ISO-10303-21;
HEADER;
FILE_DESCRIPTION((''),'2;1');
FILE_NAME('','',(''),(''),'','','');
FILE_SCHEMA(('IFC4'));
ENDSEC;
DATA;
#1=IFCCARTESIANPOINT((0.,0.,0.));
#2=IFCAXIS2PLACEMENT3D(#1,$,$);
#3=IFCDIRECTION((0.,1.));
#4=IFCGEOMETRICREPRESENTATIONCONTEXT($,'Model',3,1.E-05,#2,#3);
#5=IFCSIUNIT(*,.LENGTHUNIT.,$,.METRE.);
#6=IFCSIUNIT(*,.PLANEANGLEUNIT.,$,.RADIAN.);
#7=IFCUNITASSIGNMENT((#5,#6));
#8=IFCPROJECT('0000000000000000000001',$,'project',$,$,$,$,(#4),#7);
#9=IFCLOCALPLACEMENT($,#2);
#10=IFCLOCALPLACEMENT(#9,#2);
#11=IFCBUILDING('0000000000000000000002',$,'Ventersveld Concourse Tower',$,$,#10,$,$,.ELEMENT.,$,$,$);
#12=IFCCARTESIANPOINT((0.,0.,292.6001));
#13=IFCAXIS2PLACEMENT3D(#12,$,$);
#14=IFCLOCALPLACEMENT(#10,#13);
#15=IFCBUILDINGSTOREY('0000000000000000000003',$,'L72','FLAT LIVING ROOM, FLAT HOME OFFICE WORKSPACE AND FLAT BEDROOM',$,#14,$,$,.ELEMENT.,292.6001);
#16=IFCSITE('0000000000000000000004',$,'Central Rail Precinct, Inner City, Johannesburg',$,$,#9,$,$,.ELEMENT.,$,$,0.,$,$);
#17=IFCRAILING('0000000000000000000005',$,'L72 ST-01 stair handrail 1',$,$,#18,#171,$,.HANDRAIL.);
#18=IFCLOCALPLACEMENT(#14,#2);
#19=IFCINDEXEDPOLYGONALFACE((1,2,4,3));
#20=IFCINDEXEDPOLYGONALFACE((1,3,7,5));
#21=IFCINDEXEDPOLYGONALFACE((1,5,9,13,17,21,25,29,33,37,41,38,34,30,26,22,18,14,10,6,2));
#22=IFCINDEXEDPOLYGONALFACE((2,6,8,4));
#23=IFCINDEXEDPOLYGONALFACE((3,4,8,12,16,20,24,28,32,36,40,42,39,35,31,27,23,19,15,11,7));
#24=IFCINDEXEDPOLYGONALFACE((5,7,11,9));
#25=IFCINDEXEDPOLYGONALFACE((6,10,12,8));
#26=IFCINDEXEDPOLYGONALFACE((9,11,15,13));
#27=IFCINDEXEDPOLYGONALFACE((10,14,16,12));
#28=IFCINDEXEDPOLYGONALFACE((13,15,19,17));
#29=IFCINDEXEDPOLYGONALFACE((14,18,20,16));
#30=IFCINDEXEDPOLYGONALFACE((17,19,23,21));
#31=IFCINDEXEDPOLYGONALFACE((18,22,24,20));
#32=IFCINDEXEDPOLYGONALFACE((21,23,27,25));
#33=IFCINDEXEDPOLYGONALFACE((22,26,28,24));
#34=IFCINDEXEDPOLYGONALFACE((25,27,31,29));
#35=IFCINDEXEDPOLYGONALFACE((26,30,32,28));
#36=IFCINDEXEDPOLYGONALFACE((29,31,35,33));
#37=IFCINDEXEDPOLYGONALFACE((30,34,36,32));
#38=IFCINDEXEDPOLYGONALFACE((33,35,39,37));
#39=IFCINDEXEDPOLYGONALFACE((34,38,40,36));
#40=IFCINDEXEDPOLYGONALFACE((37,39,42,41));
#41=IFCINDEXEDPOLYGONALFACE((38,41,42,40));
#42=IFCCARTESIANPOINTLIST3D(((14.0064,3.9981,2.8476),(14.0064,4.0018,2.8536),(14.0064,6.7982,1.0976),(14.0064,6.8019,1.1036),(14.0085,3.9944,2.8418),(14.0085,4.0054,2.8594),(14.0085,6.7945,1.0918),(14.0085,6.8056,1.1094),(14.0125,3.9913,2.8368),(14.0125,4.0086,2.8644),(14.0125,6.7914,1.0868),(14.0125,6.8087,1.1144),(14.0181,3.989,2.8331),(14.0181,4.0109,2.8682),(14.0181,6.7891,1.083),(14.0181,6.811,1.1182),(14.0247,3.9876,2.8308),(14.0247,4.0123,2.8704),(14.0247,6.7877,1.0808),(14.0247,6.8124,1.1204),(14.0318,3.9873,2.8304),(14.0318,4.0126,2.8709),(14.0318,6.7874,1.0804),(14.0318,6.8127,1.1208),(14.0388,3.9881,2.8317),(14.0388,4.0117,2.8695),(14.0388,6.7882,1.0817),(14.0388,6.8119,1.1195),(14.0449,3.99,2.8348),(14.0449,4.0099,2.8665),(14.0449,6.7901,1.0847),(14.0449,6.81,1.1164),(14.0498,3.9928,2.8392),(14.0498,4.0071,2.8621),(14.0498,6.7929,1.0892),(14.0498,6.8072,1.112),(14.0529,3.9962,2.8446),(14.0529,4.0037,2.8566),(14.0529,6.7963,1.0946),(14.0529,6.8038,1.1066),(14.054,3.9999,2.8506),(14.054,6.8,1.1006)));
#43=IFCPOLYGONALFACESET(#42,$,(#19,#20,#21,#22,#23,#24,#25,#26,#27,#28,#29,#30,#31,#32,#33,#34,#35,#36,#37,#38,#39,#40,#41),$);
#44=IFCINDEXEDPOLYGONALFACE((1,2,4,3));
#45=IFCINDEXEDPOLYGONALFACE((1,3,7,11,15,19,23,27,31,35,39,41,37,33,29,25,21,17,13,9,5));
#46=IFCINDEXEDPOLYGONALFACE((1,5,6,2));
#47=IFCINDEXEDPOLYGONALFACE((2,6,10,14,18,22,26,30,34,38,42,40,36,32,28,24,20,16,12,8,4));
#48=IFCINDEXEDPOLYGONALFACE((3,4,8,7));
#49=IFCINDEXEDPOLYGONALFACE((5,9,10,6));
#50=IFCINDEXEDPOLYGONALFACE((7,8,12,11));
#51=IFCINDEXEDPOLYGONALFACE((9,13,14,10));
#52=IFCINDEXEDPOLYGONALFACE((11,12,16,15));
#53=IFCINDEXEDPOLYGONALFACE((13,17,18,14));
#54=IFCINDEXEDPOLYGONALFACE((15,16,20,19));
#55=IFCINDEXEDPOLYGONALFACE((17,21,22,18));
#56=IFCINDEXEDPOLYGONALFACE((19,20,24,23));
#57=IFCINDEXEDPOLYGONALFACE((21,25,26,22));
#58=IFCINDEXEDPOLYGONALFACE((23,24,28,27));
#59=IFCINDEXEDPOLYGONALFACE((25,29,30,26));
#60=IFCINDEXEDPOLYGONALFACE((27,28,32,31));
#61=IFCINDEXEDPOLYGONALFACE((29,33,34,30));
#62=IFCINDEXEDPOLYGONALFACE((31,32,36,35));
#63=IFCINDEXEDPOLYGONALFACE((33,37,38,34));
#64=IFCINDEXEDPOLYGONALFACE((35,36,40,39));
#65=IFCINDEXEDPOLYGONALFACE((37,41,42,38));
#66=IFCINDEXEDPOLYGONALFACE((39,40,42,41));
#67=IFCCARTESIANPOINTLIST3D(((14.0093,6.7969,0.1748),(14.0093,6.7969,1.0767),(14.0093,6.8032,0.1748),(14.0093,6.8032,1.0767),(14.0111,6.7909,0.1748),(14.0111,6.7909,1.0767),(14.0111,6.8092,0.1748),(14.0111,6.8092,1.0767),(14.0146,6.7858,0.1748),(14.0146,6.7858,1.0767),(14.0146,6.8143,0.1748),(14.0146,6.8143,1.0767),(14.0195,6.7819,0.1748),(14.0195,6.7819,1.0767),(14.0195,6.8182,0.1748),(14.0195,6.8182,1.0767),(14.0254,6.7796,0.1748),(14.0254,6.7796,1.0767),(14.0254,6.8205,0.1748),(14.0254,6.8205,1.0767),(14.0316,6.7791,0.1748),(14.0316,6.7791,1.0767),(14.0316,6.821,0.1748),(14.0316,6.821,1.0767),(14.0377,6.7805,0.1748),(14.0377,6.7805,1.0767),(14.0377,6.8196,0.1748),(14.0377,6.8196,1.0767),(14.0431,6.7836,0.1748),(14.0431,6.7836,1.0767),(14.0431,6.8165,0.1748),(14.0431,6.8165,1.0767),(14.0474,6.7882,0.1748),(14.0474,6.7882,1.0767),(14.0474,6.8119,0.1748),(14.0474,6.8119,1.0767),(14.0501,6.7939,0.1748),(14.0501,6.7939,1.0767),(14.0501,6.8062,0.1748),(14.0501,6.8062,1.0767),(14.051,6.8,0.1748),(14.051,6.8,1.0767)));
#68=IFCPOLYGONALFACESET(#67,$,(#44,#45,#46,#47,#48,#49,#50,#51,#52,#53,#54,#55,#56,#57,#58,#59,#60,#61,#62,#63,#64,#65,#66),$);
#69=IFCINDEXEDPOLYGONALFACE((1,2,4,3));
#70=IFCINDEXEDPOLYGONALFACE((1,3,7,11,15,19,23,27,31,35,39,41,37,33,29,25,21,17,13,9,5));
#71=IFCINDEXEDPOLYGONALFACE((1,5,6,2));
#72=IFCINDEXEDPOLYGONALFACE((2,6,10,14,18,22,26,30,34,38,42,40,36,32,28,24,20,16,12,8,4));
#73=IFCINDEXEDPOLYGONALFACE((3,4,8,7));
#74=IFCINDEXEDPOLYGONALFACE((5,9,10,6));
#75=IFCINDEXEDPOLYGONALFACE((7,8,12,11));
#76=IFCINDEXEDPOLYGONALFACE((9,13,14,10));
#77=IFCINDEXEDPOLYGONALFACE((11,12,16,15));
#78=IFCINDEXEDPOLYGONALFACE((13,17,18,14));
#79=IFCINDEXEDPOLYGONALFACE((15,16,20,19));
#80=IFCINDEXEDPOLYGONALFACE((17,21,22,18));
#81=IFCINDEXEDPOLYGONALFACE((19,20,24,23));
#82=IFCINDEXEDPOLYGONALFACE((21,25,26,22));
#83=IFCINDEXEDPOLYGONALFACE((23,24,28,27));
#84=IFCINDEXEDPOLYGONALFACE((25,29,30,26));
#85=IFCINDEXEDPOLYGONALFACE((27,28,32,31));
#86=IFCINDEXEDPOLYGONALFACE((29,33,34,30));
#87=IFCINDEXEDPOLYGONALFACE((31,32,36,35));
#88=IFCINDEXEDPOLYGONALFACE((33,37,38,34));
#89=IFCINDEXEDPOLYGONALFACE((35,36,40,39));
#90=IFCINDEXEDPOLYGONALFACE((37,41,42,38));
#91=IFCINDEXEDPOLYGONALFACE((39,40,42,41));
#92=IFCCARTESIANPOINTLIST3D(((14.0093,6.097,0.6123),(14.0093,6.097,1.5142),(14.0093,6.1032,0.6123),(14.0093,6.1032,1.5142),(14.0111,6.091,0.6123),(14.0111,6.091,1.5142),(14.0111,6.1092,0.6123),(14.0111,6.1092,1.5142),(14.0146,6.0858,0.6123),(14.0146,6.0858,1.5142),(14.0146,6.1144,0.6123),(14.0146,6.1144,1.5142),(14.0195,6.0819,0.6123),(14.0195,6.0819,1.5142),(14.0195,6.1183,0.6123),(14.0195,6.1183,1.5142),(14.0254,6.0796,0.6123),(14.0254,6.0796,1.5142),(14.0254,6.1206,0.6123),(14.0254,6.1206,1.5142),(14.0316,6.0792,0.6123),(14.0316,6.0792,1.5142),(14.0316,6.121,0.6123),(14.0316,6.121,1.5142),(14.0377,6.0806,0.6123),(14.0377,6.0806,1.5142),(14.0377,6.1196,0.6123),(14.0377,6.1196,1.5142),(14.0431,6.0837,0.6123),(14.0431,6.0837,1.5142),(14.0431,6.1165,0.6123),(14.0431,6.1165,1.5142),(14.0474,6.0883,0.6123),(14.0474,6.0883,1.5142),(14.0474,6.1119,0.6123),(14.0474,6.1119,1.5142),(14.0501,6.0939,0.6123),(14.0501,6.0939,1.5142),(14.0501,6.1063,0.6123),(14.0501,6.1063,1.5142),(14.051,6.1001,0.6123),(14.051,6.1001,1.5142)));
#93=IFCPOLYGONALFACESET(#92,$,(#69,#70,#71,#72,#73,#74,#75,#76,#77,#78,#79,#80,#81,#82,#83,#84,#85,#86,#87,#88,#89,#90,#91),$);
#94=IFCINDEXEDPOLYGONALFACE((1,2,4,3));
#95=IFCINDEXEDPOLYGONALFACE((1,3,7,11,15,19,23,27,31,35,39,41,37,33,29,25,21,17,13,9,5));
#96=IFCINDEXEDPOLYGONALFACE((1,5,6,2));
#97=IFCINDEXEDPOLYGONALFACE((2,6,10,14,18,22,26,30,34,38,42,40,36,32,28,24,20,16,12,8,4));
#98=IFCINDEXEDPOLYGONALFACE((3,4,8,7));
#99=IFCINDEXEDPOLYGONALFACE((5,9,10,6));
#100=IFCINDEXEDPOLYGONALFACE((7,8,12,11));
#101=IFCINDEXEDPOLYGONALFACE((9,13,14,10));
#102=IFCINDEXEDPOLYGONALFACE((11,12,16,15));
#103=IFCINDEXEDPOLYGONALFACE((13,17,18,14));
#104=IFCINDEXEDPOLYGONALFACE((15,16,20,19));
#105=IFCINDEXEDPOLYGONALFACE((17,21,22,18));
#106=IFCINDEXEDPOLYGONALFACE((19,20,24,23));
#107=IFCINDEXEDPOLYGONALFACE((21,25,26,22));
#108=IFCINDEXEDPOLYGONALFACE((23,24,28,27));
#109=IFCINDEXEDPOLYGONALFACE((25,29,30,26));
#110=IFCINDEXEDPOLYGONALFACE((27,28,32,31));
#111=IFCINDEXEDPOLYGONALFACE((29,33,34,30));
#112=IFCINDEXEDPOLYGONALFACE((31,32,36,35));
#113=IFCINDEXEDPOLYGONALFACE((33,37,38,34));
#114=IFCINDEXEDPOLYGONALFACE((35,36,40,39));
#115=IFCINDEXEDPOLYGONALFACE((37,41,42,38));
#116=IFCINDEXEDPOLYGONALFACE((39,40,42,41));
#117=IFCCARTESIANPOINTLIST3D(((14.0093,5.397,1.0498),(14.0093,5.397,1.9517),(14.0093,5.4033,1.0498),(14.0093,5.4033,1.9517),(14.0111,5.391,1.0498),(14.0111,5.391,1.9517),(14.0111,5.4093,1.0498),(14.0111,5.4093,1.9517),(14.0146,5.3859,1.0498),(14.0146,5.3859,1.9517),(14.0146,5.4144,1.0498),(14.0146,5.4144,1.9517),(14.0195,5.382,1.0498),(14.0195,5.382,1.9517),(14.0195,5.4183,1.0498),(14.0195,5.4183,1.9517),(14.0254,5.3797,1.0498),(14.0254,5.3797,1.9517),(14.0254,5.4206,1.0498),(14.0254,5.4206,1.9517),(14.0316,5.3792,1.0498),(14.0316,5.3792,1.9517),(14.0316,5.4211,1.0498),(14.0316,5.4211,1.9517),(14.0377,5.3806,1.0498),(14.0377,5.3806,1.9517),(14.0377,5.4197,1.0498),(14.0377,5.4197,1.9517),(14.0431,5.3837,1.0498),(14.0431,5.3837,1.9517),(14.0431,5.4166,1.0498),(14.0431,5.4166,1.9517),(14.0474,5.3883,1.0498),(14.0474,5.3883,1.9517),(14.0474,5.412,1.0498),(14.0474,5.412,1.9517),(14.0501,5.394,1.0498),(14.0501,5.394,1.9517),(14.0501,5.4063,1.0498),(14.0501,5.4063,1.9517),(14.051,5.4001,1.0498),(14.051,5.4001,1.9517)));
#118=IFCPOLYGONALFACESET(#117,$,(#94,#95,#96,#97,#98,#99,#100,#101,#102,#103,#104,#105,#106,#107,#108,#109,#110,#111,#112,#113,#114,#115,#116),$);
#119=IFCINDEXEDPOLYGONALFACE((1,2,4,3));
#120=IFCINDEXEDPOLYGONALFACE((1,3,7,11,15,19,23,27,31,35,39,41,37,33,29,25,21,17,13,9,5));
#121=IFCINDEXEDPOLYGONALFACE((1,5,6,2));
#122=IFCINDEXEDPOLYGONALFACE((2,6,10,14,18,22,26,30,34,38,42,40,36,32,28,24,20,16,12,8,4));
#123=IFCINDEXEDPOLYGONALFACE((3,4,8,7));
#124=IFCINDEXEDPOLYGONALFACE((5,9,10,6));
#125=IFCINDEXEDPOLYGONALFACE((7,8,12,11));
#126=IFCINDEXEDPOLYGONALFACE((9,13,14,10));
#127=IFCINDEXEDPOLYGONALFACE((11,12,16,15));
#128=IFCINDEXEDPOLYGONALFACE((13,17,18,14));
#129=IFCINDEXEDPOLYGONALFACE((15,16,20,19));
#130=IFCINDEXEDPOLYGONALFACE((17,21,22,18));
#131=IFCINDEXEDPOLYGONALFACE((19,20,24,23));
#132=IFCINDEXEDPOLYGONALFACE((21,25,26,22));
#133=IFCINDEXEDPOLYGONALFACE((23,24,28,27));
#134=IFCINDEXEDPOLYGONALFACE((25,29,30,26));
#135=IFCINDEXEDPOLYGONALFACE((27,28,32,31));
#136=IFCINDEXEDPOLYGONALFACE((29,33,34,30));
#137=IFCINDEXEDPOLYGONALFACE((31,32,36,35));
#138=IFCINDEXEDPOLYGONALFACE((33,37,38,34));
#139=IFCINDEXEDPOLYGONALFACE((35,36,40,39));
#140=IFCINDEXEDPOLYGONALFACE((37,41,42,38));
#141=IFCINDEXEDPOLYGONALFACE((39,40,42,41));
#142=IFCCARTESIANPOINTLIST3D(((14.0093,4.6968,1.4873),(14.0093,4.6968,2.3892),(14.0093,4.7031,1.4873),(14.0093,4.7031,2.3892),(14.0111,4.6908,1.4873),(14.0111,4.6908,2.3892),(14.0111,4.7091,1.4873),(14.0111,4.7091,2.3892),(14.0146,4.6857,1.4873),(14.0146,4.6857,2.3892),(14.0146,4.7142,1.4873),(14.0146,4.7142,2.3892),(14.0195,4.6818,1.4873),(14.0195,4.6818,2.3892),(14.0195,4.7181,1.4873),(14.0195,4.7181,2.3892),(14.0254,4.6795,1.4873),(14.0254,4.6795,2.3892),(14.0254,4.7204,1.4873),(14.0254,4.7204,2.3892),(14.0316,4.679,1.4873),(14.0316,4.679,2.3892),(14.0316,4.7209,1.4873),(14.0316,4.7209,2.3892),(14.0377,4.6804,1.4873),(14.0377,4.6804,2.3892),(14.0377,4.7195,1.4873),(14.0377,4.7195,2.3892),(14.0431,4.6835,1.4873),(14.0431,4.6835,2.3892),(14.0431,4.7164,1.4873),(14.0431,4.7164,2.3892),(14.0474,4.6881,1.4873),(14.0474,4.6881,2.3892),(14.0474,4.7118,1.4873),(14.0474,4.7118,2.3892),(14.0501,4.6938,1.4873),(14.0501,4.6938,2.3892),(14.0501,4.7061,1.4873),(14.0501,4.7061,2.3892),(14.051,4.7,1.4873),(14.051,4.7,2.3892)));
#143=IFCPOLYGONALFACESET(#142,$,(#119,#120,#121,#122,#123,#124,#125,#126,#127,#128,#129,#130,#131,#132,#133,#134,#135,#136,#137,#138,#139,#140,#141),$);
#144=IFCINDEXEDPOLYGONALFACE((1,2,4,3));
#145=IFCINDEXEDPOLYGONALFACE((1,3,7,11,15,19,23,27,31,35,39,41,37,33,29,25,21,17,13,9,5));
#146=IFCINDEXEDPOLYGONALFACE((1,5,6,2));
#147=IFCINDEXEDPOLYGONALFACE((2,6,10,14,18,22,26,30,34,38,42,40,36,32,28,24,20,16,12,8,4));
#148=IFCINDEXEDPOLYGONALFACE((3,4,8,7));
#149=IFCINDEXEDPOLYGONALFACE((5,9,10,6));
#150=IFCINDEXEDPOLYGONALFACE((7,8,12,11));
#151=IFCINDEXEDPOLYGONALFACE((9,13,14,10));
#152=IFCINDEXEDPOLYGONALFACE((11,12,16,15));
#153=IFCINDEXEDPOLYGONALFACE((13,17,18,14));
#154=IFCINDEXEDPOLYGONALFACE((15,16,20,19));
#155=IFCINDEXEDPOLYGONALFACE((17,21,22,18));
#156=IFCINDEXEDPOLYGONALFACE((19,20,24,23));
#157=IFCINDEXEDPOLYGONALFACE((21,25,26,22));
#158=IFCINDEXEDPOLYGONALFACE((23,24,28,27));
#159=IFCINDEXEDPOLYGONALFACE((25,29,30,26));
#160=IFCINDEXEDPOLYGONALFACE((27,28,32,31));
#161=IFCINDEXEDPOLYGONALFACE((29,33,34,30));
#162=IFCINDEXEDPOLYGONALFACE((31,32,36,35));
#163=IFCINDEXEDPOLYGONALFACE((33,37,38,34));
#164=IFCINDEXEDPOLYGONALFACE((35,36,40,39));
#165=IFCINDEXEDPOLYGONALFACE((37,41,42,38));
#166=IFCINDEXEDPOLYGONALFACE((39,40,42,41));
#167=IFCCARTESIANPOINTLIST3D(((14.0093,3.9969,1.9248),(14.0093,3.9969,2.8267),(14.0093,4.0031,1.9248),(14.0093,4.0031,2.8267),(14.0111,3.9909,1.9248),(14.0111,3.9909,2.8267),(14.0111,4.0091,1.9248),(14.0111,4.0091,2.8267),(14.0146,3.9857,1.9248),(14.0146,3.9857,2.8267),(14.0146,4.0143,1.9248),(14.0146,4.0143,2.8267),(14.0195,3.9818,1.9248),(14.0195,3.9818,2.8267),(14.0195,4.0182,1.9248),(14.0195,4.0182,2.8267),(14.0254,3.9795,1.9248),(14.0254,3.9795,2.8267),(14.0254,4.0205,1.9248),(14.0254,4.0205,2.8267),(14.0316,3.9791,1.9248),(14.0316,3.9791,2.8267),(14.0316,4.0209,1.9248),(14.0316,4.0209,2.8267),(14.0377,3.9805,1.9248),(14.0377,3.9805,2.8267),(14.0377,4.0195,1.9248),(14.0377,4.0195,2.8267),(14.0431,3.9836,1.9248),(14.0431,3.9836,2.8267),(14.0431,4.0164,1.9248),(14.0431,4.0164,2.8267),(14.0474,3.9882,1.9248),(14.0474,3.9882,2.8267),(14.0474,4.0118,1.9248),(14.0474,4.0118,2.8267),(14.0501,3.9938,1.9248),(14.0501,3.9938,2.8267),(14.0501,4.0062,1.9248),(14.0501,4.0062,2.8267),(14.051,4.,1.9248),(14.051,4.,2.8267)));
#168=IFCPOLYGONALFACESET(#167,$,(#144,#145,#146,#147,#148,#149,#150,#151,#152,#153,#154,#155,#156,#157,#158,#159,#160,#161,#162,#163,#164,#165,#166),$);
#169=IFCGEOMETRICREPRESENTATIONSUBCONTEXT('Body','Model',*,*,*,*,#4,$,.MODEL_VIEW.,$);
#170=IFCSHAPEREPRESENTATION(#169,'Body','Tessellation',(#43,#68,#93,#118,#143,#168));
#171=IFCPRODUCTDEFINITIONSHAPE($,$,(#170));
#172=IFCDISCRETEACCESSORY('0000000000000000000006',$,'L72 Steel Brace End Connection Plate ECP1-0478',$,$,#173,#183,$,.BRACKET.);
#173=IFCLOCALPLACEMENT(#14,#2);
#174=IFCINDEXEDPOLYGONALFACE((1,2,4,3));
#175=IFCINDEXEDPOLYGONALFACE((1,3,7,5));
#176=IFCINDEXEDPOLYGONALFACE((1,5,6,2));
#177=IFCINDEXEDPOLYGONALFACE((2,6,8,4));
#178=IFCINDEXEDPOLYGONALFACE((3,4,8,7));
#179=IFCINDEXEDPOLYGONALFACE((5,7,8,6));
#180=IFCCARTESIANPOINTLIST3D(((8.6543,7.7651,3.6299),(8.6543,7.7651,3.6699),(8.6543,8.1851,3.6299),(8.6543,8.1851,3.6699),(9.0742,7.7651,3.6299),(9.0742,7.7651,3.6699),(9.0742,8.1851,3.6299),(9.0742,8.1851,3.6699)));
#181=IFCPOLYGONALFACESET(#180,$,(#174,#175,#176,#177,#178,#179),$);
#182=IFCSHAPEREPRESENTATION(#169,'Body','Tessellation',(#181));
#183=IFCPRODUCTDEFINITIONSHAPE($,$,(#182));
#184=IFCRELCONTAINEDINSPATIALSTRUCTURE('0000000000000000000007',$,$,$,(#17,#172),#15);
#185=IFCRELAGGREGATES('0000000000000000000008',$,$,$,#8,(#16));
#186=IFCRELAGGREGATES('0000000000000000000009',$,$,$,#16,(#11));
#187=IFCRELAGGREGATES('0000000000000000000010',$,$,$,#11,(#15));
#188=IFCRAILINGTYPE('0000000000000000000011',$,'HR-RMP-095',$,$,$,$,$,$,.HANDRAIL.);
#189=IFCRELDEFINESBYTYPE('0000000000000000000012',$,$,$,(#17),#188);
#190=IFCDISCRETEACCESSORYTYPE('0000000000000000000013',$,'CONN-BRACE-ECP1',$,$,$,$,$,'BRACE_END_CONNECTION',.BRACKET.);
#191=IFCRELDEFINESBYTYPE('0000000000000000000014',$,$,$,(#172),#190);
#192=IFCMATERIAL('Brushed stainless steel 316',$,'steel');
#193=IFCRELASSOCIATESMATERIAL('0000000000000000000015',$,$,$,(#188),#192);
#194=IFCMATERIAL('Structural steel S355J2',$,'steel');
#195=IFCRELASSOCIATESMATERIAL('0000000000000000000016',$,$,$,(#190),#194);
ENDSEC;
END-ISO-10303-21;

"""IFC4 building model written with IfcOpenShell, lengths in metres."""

from ifc_helpers import new_model, si_unit, direction, frame, origin, origin_2d, place, context, subcontext, project, spatial, rectangle, circle, extrude, material, type_object, element, save


model = new_model("IFC4")

# Units and contexts
model_context = context("Model", 3, precision=1e-05, world=origin(), true_north=direction((0.0, 1.0)))
body_context = subcontext(model_context, "Body", "Model", "MODEL_VIEW")
ifc_project = project(units=[si_unit("LENGTHUNIT", "METRE"), si_unit("PLANEANGLEUNIT", "RADIAN")], contexts=[model_context])

# Site, building, storey
site_placement = place(None, origin())
site = spatial("IfcSite", under=ifc_project, at=site_placement, Name="Central Rail Precinct, Inner City, Johannesburg", CompositionType="ELEMENT", RefElevation=0.0)
building_placement = place(site_placement, origin())
building = spatial("IfcBuilding", under=site, at=building_placement, Name="Ventersveld Concourse Tower", CompositionType="ELEMENT")
storey_placement = place(building_placement, frame((0.0, 0.0, 292.6001)))
storey = spatial("IfcBuildingStorey", under=building, at=storey_placement, Name="L72", Description="FLAT LIVING ROOM, FLAT HOME OFFICE WORKSPACE AND FLAT BEDROOM", CompositionType="ELEMENT", Elevation=292.6001)

# Shared definitions
ifc_material_1 = material(Name="Structural steel S355J2", Category="steel")

# Railing
ifc_material_2 = material(Name="Brushed stainless steel 316", Category="steel")
railing_type_1 = type_object("IfcRailingType", Name="HR-RMP-095", PredefinedType="HANDRAIL", material=ifc_material_2)
railing_1_placement = place(storey_placement, frame((14.03, 6.8, 0.1748)))
element("IfcRailing", 1, at=railing_1_placement, inside=storey, type_object=railing_type_1, Name="L72 ST-01 stair handrail 1", PredefinedType="HANDRAIL", context=body_context, shape_type="SweptSolid", body=[
    extrude(circle(Radius=0.0239, at=origin_2d()), frame((0.0, 0.0, 0.9258), z_axis=(0.0, -0.848002, 0.529992), x_axis=(1.0, 0.0, 0.0)), (0.0, 0.0, 1.0), 3.302),
    extrude(circle(Radius=0.021, at=origin_2d()), origin(), (0.0, 0.0, 1.0), 0.9019),
    extrude(circle(Radius=0.021, at=origin_2d()), frame((0.0, -0.7, 0.4375)), (0.0, 0.0, 1.0), 0.9019),
    extrude(circle(Radius=0.021, at=origin_2d()), frame((0.0, -1.3999, 0.875)), (0.0, 0.0, 1.0), 0.9019),
    extrude(circle(Radius=0.021, at=origin_2d()), frame((0.0, -2.1001, 1.3125)), (0.0, 0.0, 1.0), 0.9019),
    extrude(circle(Radius=0.021, at=origin_2d()), frame((0.0, -2.8, 1.75)), (0.0, 0.0, 1.0), 0.9019),
])

# Discrete accessory
discrete_accessory_type = type_object("IfcDiscreteAccessoryType", Name="CONN-BRACE-ECP1", ElementType="BRACE_END_CONNECTION", PredefinedType="BRACKET", material=ifc_material_1)
discrete_accessory_placement = place(storey_placement, frame((8.8643, 7.9751, 3.6299), z_axis=(0.0, 0.0, 1.0), x_axis=(1.0, 0.0, 0.0)))
element("IfcDiscreteAccessory", 2, at=discrete_accessory_placement, inside=storey, type_object=discrete_accessory_type, Name="L72 Steel Brace End Connection Plate ECP1-0478", PredefinedType="BRACKET", context=body_context, shape_type="SweptSolid", body=[
    extrude(rectangle(XDim=0.4199, YDim=0.4199, at=origin_2d()), origin(), (0.0, 0.0, 1.0), 0.04),
])

save(model, "model.ifc")
